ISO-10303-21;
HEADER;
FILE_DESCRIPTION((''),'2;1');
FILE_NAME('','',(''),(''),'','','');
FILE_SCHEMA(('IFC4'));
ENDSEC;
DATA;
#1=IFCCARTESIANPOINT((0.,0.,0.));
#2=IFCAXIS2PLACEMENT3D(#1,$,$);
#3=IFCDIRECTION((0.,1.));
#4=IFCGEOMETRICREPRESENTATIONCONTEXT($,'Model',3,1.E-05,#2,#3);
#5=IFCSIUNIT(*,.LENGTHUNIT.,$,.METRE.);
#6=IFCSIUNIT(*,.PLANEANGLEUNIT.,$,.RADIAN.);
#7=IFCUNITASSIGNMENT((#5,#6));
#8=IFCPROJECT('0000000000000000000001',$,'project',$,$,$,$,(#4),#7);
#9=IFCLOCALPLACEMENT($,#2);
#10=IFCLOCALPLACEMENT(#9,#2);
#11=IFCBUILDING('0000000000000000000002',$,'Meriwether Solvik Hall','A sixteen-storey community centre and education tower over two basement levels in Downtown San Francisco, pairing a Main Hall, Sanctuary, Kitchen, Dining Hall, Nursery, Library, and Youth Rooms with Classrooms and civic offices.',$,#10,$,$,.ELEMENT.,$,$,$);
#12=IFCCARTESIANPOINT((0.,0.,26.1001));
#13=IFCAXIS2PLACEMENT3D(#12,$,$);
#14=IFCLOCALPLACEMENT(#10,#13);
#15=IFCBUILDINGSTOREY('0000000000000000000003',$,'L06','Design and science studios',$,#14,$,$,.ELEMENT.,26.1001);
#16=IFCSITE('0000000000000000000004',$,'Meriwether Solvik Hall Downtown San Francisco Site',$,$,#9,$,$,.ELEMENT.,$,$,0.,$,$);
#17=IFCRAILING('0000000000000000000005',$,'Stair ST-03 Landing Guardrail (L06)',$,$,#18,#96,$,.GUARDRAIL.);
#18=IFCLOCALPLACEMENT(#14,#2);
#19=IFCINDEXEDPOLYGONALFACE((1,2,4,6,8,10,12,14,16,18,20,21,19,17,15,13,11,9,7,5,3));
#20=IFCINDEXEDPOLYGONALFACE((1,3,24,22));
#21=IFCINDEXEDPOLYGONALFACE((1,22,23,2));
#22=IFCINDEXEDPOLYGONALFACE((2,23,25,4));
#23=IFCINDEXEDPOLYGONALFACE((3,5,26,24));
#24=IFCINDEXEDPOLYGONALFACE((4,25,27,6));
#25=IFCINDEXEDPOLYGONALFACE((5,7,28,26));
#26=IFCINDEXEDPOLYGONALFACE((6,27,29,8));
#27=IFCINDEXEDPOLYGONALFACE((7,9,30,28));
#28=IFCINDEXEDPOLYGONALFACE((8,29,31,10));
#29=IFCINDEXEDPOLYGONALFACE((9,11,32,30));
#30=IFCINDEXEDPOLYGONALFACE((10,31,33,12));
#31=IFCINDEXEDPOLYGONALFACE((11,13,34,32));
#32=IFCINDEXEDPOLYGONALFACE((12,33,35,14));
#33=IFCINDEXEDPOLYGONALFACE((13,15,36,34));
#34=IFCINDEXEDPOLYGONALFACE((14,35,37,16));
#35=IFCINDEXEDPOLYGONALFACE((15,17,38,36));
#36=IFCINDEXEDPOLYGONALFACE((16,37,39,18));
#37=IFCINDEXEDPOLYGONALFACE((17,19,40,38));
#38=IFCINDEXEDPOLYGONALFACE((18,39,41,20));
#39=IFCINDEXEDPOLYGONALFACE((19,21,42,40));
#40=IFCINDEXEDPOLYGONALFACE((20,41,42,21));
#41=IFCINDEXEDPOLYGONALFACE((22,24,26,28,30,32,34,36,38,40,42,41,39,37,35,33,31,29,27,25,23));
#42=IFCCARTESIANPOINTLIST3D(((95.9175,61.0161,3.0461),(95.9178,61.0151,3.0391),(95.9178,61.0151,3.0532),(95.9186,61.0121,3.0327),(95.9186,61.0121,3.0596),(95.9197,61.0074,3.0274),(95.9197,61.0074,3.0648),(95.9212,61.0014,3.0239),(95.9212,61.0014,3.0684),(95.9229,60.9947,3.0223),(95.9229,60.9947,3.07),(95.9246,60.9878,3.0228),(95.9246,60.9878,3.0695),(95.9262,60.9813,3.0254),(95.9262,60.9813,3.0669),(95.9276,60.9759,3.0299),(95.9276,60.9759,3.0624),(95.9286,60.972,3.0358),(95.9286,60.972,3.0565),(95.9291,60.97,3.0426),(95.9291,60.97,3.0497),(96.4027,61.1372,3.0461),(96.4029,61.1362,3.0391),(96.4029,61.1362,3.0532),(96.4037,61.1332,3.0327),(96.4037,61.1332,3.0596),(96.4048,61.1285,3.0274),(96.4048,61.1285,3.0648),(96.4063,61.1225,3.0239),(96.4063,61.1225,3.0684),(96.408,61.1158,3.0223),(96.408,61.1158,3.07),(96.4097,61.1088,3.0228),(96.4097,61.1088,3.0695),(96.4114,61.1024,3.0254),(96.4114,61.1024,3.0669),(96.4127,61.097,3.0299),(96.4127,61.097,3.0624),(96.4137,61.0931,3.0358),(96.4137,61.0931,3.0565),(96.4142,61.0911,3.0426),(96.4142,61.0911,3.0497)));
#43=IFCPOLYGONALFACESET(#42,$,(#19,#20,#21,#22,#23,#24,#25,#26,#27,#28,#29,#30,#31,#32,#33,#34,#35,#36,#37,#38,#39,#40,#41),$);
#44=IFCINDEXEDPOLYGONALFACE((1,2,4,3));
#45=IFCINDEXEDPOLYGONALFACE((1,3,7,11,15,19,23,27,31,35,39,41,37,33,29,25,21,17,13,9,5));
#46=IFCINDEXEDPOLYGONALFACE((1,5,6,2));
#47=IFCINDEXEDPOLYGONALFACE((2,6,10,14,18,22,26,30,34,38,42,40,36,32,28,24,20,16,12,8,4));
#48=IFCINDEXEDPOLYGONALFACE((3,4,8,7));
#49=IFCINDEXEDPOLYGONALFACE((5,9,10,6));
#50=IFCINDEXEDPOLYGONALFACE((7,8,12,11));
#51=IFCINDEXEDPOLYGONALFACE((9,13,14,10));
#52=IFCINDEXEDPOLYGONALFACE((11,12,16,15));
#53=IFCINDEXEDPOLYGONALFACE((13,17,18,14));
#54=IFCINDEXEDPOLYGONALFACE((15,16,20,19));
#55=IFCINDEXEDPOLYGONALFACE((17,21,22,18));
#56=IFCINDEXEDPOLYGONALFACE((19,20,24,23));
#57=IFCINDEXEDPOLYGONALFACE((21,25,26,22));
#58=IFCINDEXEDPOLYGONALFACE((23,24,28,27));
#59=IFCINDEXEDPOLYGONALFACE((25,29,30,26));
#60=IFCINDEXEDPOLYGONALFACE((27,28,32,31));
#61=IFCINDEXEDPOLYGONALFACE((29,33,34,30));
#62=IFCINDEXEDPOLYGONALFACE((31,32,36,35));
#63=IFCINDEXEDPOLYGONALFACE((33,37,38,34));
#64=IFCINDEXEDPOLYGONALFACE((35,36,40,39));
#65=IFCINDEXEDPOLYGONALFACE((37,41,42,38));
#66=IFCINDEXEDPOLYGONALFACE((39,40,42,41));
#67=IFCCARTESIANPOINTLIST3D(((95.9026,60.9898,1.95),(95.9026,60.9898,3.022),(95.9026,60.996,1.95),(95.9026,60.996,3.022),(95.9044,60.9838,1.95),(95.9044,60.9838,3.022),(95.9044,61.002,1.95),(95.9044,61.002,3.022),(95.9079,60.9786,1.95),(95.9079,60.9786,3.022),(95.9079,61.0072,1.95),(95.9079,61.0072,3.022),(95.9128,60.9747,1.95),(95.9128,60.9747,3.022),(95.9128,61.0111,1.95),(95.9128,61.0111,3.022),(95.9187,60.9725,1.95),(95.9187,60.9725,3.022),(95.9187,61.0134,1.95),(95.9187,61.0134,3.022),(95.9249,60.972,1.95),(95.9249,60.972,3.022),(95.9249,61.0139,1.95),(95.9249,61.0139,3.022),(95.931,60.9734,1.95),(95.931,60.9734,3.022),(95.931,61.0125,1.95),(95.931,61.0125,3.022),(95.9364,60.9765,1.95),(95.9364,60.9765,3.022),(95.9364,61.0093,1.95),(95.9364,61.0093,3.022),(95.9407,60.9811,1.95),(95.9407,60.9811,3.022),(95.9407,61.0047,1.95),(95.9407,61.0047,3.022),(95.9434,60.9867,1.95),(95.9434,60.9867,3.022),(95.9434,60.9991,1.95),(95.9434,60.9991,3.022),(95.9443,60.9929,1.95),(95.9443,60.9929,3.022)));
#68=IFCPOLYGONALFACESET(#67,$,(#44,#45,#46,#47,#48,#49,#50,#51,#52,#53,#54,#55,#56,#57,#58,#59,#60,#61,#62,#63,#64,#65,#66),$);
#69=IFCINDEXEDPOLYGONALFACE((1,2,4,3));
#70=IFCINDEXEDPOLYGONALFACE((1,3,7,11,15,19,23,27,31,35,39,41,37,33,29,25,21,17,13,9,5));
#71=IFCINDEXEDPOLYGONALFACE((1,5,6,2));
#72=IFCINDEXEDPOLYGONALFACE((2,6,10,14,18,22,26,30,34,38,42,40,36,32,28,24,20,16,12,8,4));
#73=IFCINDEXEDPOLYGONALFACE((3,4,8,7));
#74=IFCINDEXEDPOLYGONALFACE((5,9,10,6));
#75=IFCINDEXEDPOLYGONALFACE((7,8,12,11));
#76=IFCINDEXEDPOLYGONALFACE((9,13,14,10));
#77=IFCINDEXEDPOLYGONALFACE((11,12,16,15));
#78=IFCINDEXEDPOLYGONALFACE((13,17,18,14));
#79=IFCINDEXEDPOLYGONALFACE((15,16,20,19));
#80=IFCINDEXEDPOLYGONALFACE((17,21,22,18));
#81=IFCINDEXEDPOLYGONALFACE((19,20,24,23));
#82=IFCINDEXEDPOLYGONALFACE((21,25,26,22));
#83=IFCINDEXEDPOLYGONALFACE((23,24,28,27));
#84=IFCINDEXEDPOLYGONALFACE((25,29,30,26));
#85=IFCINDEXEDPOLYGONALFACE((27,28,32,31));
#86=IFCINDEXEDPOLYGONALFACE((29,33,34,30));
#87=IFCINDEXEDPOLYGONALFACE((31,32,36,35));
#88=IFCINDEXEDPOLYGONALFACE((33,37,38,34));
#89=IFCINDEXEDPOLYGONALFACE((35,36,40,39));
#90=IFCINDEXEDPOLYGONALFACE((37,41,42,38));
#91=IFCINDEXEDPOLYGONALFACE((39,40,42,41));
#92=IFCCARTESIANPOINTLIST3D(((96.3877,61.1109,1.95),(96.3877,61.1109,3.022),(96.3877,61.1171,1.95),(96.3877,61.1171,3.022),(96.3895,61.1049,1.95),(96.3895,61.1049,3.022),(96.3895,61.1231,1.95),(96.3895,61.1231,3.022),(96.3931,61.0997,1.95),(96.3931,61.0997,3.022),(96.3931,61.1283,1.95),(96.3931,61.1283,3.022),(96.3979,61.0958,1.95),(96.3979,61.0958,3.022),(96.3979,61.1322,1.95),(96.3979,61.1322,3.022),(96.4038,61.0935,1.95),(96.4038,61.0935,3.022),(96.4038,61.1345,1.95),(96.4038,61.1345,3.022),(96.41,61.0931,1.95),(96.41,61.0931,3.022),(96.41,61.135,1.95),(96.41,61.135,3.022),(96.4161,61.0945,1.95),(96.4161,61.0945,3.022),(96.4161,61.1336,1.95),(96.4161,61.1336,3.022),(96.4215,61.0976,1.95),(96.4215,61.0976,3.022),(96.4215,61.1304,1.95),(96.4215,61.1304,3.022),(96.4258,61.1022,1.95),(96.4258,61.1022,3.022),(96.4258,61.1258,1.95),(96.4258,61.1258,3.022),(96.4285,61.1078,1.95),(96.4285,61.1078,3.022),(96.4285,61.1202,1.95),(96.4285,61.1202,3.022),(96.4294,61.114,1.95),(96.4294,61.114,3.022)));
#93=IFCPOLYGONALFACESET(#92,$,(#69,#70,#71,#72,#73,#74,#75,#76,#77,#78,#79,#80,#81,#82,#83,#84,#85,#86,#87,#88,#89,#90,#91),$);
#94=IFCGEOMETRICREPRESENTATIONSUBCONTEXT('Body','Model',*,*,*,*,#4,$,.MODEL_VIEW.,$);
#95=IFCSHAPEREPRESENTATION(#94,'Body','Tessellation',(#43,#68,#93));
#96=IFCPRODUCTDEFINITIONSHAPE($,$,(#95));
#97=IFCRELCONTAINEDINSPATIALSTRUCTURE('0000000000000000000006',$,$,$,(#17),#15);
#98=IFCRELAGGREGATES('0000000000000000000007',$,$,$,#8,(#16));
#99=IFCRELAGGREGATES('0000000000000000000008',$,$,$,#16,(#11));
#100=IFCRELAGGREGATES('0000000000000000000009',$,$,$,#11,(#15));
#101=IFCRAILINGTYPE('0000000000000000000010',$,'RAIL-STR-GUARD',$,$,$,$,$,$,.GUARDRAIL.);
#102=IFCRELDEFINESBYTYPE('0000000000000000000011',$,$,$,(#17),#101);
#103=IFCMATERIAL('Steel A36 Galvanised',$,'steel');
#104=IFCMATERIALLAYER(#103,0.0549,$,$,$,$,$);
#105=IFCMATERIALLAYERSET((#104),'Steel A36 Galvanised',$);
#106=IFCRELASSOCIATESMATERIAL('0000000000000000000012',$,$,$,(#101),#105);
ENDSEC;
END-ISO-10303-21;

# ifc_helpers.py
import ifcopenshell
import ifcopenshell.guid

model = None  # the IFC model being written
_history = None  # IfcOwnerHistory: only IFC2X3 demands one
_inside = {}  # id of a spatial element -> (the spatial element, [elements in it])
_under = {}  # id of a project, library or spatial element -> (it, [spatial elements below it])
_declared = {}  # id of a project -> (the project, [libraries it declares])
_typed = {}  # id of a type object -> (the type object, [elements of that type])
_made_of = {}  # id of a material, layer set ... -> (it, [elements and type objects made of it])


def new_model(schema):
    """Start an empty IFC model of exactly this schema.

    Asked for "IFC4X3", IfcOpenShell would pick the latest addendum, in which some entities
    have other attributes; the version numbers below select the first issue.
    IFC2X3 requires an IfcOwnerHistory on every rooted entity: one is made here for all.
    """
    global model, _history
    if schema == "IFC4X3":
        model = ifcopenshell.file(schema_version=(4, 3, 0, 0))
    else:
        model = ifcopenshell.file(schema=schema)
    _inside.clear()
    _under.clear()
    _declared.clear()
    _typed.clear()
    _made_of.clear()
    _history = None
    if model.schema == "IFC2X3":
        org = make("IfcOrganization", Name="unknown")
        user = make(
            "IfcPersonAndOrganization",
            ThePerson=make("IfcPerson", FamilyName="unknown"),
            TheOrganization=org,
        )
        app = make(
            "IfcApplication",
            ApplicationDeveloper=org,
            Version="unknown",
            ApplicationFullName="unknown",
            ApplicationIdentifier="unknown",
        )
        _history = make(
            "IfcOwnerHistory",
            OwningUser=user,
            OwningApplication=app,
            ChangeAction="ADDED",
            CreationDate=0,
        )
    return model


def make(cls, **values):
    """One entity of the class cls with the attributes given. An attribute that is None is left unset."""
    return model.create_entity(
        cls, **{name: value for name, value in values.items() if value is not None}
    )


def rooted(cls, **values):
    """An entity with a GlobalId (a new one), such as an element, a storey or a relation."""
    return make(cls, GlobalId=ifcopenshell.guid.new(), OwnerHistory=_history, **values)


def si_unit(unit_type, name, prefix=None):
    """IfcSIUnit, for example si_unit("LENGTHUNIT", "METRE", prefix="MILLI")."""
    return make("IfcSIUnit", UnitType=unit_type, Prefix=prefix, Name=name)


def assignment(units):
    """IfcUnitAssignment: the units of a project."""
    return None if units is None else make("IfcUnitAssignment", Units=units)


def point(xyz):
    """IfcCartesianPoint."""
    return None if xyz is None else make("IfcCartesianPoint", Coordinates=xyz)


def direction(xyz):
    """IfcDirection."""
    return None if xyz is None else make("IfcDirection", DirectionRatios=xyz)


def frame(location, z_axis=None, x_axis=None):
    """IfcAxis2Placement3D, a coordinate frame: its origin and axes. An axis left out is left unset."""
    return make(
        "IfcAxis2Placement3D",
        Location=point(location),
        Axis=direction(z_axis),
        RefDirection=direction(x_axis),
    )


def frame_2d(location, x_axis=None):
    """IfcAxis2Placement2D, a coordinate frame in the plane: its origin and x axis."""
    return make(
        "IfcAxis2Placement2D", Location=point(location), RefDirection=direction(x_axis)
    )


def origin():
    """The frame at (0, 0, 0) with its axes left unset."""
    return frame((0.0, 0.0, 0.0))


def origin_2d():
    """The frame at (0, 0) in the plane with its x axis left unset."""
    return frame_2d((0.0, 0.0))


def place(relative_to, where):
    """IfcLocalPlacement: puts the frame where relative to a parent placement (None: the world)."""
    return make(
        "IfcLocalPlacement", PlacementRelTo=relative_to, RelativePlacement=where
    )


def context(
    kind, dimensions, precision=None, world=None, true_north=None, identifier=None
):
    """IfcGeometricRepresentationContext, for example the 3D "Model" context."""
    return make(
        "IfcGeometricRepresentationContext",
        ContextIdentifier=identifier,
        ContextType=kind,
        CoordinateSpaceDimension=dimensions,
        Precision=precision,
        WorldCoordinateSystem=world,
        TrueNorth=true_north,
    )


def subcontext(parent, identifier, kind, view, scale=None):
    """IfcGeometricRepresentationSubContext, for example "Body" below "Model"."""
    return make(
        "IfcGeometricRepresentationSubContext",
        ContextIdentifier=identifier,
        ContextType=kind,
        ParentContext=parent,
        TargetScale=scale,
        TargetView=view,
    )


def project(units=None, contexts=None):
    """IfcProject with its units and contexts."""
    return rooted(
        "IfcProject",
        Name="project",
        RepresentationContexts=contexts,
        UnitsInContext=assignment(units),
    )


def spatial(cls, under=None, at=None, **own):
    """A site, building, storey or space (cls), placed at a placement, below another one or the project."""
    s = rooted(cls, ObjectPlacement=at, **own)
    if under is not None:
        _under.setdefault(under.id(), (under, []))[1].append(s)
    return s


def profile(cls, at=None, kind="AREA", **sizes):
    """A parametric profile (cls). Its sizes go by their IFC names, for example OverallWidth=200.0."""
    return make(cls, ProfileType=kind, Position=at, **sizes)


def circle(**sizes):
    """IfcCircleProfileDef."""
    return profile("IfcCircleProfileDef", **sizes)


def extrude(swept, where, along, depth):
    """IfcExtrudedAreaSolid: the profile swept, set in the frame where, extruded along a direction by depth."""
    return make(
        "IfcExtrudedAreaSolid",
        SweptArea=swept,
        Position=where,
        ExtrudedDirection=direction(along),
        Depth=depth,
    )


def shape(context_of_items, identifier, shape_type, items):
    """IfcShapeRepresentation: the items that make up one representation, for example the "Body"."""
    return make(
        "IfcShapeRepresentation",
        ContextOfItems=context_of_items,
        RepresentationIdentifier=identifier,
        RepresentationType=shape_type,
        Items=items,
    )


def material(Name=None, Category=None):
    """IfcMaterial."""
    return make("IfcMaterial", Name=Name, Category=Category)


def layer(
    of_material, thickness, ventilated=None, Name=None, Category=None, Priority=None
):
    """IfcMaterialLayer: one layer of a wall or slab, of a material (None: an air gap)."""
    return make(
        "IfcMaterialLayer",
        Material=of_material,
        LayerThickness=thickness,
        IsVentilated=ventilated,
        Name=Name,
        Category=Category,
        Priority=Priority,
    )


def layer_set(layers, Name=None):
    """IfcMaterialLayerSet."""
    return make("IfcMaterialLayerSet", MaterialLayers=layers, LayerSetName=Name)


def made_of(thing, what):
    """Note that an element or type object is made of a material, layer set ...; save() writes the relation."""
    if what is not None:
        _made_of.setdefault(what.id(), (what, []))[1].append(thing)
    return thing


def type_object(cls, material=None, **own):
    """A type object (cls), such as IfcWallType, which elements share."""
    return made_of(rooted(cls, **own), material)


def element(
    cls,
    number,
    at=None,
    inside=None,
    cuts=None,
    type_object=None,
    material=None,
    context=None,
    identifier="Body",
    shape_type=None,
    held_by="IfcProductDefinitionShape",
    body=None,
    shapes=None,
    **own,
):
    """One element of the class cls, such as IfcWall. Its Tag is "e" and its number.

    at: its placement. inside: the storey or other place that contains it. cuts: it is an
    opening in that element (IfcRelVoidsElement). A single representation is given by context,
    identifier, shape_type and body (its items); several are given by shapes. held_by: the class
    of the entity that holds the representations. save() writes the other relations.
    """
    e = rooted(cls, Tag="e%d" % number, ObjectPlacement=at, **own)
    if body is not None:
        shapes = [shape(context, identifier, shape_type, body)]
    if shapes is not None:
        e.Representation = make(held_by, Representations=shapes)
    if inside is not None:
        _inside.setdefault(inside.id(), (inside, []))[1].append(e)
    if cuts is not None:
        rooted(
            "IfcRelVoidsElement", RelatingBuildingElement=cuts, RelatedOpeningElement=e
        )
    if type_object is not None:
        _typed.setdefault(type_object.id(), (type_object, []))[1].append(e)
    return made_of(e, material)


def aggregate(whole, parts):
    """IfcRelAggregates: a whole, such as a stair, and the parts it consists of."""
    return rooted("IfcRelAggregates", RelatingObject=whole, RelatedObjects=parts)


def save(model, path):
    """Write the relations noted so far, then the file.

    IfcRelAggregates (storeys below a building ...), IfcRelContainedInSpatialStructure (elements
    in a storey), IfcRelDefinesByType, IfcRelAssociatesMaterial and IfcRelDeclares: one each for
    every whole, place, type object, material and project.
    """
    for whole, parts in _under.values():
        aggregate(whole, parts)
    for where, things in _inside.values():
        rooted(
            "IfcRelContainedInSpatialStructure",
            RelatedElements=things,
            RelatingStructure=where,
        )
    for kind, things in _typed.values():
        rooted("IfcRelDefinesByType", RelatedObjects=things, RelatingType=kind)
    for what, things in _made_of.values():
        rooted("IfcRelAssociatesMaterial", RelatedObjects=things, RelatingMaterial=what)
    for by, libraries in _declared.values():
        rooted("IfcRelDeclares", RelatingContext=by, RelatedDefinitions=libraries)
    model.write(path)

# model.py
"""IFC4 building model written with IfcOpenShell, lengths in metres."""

from ifc_helpers import new_model, si_unit, direction, frame, origin, origin_2d, place, context, subcontext, project, spatial, circle, extrude, material, layer, layer_set, type_object, element, save


model = new_model("IFC4")

# Units and contexts
model_context = context("Model", 3, precision=1e-05, world=origin(), true_north=direction((0.0, 1.0)))
body_context = subcontext(model_context, "Body", "Model", "MODEL_VIEW")
ifc_project = project(units=[si_unit("LENGTHUNIT", "METRE"), si_unit("PLANEANGLEUNIT", "RADIAN")], contexts=[model_context])

# Site, building, storey
site_placement = place(None, origin())
site = spatial("IfcSite", under=ifc_project, at=site_placement, Name="Meriwether Solvik Hall Downtown San Francisco Site", CompositionType="ELEMENT", RefElevation=0.0)
building_placement = place(site_placement, origin())
building = spatial("IfcBuilding", under=site, at=building_placement, Name="Meriwether Solvik Hall", Description="A sixteen-storey community centre and education tower over two basement levels in Downtown San Francisco, pairing a Main Hall, Sanctuary, Kitchen, Dining Hall, Nursery, Library, and Youth Rooms with Classrooms and civic offices.", CompositionType="ELEMENT")
storey_placement = place(building_placement, frame((0.0, 0.0, 26.1001)))
storey = spatial("IfcBuildingStorey", under=building, at=storey_placement, Name="L06", Description="Design and science studios", CompositionType="ELEMENT", Elevation=26.1001)

# Railing
ifc_material_1 = material(Name="Steel A36 Galvanised", Category="steel")
ifc_layer_1 = layer(ifc_material_1, 0.0549)
ifc_layer_set_1 = layer_set([ifc_layer_1], Name="Steel A36 Galvanised")
railing_type_1 = type_object("IfcRailingType", Name="RAIL-STR-GUARD", PredefinedType="GUARDRAIL", material=ifc_layer_set_1)
railing_1_placement = place(storey_placement, frame((95.9233, 60.9929, 1.95)))
element("IfcRailing", 1, at=railing_1_placement, inside=storey, type_object=railing_type_1, Name="Stair ST-03 Landing Guardrail (L06)", PredefinedType="GUARDRAIL", context=body_context, shape_type="SweptSolid", body=[
    extrude(circle(Radius=0.0239, at=origin_2d()), frame((0.0, 0.0, 1.0962), z_axis=(0.970229, 0.242191, 0.0), x_axis=(-0.242191, 0.970229, 0.0)), (0.0, 0.0, 1.0), 0.5),
    extrude(circle(Radius=0.021, at=origin_2d()), origin(), (0.0, 0.0, 1.0), 1.072),
    extrude(circle(Radius=0.021, at=origin_2d()), frame((0.4851, 0.1211, 0.0)), (0.0, 0.0, 1.0), 1.072),
])

save(model, "model.ifc")
